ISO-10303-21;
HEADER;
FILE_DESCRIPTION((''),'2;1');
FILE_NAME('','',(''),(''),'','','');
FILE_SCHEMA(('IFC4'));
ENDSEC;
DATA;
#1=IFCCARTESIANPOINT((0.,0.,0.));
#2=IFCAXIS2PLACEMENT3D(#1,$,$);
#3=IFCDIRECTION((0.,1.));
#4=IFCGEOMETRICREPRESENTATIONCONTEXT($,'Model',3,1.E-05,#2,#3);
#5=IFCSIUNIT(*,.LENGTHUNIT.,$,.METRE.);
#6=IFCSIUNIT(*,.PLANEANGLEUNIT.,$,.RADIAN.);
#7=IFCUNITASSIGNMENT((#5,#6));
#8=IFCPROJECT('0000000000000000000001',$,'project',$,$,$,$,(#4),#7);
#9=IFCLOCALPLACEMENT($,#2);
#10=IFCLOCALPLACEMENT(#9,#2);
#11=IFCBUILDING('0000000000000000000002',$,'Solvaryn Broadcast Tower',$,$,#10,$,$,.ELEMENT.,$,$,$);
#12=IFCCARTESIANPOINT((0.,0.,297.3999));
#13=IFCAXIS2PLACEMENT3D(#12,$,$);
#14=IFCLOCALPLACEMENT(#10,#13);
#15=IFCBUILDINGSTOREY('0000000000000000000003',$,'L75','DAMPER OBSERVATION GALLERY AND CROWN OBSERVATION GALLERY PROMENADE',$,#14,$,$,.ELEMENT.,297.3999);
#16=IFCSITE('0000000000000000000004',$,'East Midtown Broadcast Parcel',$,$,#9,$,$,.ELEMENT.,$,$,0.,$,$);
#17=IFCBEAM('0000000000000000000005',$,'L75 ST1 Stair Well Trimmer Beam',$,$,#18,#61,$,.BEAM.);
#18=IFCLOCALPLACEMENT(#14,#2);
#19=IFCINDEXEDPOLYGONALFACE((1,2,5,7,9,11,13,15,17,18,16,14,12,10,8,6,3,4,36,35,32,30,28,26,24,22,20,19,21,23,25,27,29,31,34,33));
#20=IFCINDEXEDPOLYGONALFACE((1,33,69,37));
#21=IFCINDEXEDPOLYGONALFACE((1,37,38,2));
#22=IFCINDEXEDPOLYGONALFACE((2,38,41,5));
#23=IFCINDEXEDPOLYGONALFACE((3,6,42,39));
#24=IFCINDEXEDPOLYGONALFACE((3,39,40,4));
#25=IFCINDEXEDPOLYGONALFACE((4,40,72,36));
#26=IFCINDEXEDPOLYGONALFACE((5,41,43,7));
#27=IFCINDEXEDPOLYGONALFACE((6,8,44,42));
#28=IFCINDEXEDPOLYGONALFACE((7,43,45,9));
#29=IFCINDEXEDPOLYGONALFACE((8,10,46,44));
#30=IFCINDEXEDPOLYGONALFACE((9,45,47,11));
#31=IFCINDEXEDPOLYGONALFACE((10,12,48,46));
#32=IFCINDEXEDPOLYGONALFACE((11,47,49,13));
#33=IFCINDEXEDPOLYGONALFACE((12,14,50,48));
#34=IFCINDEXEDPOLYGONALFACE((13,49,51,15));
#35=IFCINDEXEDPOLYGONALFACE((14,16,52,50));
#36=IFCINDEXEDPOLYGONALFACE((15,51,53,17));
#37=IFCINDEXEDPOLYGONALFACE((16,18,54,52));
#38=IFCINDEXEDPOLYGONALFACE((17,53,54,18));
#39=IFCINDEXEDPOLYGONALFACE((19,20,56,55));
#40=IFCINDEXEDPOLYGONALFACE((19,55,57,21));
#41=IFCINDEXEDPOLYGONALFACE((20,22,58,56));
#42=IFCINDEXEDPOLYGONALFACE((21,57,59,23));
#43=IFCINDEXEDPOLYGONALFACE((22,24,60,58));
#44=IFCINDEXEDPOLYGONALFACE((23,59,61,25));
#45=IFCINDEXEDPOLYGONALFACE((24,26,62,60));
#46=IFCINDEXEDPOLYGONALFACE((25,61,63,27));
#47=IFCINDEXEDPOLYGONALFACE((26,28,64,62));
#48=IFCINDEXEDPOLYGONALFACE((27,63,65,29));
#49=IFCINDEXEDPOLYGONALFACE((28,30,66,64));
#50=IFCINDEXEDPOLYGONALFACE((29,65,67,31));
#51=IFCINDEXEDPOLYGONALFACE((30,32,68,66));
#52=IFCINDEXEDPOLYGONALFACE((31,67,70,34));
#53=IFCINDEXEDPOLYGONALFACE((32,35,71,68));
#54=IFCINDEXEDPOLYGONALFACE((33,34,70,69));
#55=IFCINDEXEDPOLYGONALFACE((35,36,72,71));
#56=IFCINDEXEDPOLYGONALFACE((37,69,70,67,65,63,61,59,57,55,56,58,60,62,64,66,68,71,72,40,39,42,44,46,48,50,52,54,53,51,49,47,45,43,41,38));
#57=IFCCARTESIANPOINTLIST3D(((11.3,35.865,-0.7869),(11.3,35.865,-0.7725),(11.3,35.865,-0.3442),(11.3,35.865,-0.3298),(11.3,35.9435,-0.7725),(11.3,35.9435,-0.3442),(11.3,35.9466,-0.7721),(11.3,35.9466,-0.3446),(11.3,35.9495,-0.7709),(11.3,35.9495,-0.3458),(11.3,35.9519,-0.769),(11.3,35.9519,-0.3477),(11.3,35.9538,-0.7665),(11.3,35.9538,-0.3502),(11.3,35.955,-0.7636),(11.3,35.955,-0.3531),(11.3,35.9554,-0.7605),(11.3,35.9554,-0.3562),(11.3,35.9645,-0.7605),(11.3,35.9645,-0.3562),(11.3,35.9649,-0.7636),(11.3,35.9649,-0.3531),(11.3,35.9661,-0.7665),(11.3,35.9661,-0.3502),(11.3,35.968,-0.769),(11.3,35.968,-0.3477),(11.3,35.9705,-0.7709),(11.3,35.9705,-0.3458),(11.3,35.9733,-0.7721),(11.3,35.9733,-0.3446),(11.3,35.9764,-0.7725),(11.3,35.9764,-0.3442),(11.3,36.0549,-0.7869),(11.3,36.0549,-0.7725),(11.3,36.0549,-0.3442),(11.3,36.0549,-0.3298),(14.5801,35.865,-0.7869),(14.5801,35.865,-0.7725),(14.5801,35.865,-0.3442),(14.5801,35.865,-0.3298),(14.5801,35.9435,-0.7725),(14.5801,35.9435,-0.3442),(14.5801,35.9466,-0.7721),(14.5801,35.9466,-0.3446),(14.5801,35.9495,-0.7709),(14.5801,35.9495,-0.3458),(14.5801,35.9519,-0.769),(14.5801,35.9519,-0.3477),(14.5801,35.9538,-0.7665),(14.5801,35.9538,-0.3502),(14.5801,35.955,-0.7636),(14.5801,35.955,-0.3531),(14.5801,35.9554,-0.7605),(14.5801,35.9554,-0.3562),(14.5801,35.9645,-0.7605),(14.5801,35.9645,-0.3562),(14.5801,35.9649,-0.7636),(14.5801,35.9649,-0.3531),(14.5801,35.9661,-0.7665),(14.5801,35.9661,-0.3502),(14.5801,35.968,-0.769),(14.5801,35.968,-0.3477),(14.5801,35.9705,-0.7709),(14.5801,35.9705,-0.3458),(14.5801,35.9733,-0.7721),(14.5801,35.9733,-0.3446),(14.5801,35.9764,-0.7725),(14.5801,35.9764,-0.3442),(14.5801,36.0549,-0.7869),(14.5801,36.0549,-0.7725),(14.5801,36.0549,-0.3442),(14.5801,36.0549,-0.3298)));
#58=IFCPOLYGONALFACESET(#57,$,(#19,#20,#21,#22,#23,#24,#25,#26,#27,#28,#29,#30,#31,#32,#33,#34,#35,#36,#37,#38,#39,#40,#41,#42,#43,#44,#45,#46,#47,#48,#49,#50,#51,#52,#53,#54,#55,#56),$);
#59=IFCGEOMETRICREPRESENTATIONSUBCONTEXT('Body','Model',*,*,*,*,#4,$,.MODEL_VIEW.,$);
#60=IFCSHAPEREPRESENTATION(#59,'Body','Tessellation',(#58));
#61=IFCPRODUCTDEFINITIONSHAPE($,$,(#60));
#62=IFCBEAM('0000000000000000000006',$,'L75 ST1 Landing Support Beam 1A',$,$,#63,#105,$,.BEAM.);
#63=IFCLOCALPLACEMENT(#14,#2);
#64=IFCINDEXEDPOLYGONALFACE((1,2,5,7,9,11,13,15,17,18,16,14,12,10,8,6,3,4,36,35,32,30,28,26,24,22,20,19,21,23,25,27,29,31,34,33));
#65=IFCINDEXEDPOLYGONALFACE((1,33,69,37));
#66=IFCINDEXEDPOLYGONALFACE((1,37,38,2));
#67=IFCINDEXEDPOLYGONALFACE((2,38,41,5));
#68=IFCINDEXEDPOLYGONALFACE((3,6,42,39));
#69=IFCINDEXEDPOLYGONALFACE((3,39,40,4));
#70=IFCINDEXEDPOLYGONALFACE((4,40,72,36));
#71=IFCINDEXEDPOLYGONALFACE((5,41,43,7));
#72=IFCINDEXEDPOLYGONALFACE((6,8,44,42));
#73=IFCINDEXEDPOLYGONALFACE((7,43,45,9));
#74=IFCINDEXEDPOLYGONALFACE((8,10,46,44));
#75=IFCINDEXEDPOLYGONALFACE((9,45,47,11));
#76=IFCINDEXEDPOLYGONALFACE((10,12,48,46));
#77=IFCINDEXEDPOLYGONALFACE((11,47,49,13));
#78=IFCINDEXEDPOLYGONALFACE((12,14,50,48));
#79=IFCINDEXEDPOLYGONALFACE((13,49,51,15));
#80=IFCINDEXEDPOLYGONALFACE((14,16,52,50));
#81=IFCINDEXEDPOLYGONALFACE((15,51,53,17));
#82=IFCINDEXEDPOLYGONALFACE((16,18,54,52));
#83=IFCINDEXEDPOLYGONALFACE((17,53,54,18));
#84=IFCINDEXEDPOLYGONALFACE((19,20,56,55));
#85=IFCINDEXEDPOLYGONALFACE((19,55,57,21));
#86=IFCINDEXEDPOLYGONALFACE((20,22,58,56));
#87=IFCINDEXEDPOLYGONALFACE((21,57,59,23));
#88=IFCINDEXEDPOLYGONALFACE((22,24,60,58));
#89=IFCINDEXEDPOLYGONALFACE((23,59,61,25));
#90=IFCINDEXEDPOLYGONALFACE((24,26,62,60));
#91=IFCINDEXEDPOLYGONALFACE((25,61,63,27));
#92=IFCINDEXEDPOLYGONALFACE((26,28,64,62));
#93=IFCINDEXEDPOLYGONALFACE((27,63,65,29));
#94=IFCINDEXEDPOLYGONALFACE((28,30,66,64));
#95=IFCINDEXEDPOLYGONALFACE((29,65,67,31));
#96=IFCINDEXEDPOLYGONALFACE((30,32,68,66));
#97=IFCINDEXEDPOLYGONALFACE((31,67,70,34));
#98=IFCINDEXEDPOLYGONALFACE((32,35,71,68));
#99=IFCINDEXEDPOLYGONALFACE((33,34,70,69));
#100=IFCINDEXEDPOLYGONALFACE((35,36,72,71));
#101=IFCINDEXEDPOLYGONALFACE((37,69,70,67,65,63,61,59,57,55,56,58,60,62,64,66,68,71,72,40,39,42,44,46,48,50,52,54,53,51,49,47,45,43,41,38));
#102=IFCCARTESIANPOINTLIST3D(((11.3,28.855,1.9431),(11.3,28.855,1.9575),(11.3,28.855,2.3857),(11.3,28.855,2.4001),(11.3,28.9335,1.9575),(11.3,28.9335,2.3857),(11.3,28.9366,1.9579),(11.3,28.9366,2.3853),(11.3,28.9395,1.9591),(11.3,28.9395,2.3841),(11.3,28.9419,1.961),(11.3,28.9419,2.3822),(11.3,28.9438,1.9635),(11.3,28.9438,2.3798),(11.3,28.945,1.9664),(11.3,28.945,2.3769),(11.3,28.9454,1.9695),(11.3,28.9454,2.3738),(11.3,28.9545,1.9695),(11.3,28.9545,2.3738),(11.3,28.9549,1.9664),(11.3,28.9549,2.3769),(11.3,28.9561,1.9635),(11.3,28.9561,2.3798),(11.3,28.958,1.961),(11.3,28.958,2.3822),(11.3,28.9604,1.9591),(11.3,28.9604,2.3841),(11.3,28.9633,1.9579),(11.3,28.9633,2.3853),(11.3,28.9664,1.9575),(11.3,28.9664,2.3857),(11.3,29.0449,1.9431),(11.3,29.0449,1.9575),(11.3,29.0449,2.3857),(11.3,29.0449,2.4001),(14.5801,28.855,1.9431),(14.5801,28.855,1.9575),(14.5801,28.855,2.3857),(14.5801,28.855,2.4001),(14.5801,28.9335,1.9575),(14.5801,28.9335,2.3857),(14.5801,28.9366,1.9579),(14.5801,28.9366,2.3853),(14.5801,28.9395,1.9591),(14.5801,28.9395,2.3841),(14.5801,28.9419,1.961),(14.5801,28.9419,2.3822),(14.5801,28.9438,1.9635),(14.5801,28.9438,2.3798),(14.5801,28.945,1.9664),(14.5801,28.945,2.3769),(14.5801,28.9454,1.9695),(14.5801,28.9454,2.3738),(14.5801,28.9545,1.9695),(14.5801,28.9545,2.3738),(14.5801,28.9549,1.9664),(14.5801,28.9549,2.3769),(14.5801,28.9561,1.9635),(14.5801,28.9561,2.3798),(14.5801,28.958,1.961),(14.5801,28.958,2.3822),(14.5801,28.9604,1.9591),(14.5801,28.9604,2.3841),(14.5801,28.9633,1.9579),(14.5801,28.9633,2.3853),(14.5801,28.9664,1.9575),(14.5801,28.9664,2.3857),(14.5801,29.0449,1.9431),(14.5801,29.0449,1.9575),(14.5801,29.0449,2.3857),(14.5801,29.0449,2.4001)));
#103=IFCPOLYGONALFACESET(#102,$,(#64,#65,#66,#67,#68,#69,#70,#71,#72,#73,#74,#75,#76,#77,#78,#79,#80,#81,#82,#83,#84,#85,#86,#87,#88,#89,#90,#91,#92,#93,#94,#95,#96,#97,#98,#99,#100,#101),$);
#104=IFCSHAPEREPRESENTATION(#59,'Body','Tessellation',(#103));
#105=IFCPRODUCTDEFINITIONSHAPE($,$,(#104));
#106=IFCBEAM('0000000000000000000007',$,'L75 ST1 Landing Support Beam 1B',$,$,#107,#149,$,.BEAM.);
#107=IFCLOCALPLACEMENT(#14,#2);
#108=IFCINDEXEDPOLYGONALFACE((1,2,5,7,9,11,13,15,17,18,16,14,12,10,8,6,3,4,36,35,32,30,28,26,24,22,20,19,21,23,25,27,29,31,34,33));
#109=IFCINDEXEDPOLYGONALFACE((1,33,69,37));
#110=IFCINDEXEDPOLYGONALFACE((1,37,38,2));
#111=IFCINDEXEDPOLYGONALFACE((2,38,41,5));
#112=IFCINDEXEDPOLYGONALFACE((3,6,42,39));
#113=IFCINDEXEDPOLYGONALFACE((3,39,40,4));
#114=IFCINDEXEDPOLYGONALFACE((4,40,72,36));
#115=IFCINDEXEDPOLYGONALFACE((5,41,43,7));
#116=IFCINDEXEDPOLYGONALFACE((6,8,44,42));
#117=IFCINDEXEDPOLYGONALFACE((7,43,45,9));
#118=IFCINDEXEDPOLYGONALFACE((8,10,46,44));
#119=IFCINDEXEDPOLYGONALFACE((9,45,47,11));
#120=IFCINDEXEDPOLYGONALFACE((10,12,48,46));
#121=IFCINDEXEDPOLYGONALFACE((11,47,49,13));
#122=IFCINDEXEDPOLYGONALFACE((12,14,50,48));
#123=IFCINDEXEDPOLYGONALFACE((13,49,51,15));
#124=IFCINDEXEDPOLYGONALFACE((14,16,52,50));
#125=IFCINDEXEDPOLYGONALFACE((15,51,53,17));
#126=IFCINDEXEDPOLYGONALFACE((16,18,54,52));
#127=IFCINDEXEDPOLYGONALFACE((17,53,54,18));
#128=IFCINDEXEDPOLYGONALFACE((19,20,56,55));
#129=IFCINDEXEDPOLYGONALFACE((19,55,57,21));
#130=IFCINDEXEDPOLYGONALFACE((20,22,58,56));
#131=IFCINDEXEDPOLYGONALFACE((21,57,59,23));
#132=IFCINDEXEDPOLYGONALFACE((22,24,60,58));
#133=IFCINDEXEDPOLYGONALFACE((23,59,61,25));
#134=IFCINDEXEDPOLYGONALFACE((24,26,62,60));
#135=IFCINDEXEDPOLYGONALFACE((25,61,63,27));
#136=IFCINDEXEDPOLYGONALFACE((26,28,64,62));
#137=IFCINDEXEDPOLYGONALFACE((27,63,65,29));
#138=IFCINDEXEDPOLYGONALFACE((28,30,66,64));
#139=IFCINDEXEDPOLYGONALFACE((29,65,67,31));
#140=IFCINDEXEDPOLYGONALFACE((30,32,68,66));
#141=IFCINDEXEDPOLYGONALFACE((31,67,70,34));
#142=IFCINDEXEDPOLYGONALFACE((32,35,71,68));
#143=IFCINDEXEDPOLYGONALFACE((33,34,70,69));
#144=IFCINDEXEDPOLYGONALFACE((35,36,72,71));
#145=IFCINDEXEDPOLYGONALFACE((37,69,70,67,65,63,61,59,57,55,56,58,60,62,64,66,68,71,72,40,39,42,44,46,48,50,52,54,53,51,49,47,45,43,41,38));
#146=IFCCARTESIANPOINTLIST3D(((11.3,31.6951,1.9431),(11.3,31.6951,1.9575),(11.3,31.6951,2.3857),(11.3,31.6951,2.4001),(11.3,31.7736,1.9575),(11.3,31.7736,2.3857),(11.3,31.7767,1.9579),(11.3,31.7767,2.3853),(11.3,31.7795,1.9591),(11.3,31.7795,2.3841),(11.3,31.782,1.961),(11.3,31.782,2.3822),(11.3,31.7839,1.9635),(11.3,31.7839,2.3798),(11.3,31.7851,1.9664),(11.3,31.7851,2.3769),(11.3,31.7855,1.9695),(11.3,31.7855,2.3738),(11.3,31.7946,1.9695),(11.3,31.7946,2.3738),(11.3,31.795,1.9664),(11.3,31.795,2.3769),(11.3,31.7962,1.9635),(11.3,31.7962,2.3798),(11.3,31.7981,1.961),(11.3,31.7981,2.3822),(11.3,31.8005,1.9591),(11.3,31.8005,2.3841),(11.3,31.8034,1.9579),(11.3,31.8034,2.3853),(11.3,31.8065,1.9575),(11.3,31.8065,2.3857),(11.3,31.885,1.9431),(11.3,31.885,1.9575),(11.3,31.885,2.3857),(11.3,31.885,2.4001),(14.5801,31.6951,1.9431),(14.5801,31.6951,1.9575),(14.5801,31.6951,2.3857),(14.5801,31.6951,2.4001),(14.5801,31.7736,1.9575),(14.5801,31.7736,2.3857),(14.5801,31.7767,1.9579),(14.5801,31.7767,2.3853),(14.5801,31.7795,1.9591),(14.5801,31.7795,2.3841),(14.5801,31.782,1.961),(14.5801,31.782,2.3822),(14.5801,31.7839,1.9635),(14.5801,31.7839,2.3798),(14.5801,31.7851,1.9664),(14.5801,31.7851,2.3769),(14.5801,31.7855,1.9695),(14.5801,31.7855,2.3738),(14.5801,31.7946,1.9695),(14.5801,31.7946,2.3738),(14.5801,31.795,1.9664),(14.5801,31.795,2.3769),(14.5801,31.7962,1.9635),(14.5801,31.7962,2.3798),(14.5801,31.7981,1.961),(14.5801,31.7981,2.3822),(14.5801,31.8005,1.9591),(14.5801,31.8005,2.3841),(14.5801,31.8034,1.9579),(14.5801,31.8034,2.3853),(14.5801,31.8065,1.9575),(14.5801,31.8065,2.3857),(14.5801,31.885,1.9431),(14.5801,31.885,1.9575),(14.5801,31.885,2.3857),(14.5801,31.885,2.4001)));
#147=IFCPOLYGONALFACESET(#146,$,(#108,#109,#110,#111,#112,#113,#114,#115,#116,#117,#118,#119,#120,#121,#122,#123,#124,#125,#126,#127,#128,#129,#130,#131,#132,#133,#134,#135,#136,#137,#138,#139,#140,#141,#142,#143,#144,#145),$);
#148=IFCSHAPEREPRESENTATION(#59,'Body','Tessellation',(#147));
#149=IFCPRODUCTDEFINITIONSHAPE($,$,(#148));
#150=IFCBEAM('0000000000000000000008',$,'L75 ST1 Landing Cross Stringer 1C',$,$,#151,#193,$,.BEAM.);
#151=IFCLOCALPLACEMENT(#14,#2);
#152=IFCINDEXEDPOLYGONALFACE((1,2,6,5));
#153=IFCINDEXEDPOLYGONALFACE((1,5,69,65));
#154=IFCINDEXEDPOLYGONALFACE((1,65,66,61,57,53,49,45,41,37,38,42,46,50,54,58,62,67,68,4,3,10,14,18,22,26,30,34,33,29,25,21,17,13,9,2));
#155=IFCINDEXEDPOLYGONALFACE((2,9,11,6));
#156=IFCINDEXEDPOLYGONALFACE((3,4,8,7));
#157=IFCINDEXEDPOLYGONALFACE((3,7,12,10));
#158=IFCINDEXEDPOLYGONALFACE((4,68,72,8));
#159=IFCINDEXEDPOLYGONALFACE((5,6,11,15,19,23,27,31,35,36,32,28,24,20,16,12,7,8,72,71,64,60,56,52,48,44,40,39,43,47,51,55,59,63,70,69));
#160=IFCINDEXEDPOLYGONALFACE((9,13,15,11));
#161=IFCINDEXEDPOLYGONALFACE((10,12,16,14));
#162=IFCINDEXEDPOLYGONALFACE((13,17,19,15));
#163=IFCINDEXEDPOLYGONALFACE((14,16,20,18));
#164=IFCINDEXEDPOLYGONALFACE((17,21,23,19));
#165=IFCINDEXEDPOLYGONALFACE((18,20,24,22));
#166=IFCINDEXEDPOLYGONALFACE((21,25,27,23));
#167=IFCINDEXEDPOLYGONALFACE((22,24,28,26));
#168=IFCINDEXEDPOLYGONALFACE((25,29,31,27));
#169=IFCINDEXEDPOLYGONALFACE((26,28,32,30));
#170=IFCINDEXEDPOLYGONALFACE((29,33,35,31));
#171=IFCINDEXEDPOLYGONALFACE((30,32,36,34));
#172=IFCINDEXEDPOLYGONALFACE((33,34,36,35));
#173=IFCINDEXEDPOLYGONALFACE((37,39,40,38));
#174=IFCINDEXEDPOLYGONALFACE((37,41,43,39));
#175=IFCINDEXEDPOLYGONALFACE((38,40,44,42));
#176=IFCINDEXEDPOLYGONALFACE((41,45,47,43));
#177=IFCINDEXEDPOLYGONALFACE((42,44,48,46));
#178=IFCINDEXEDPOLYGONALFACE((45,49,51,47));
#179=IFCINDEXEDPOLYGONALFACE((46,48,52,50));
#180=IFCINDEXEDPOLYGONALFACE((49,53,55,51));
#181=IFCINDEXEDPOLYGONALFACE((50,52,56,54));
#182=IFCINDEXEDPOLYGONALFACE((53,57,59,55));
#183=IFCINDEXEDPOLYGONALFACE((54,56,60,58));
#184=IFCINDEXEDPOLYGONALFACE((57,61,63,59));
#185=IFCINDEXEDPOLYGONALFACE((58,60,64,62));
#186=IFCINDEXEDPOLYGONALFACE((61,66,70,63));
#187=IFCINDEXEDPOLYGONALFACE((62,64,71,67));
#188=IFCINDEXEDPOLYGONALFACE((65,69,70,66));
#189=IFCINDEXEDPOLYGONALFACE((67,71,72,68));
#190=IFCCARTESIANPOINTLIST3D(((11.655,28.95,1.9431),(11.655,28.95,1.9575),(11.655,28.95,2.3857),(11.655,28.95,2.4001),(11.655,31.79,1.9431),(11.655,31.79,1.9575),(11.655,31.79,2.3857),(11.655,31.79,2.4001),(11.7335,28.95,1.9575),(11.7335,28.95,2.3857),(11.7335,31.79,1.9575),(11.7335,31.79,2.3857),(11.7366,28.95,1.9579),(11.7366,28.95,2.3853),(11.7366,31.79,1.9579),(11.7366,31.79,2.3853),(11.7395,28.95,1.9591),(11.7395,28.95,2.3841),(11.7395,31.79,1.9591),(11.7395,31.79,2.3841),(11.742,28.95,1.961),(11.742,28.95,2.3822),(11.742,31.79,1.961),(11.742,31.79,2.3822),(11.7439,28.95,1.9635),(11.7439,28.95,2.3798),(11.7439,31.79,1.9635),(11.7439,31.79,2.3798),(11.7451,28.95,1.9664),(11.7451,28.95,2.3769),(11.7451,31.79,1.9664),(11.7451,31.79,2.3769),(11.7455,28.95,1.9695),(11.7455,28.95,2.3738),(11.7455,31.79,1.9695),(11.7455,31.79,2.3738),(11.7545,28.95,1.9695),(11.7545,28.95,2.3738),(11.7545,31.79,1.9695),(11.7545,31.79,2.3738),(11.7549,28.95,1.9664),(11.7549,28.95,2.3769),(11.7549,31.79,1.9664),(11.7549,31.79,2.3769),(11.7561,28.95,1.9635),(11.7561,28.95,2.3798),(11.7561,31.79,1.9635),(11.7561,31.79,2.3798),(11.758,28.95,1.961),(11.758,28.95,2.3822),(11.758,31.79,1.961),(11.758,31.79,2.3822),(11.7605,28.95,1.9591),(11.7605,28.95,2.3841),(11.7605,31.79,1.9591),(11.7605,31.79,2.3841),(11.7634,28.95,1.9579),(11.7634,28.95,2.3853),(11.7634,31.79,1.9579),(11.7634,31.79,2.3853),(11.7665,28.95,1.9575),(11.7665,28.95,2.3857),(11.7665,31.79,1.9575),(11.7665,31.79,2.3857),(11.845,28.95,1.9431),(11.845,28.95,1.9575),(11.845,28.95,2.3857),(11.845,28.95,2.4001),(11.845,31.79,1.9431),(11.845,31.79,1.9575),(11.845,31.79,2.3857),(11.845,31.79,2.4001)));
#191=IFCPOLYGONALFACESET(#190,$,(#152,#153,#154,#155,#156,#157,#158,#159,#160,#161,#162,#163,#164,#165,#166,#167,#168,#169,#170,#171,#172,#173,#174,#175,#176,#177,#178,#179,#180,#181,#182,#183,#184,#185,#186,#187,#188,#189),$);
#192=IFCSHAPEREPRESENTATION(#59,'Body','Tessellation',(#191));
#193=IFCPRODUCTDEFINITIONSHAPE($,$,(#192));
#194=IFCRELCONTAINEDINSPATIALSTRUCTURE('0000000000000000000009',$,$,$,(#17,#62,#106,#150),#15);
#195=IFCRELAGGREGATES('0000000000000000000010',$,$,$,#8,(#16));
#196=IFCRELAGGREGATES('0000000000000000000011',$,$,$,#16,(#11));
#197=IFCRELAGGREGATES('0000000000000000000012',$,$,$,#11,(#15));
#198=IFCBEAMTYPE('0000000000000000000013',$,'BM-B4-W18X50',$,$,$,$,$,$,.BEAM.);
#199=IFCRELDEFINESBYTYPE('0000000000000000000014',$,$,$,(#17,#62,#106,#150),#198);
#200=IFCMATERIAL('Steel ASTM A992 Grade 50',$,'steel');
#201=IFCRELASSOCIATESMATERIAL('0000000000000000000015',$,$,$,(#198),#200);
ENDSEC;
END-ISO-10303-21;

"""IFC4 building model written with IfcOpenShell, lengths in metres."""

from ifc_helpers import new_model, si_unit, direction, frame, origin, origin_2d, place, context, subcontext, project, spatial, i_section, extrude, material, material_profile, profile_set, type_object, element, save


model = new_model("IFC4")

# Units and contexts
model_context = context("Model", 3, precision=1e-05, world=origin(), true_north=direction((0.0, 1.0)))
body_context = subcontext(model_context, "Body", "Model", "MODEL_VIEW")
ifc_project = project(units=[si_unit("LENGTHUNIT", "METRE"), si_unit("PLANEANGLEUNIT", "RADIAN")], contexts=[model_context])

# Site, building, storey
site_placement = place(None, origin())
site = spatial("IfcSite", under=ifc_project, at=site_placement, Name="East Midtown Broadcast Parcel", CompositionType="ELEMENT", RefElevation=0.0)
building_placement = place(site_placement, origin())
building = spatial("IfcBuilding", under=site, at=building_placement, Name="Solvaryn Broadcast Tower", CompositionType="ELEMENT")
storey_placement = place(building_placement, frame((0.0, 0.0, 297.3999)))
storey = spatial("IfcBuildingStorey", under=building, at=storey_placement, Name="L75", Description="DAMPER OBSERVATION GALLERY AND CROWN OBSERVATION GALLERY PROMENADE", CompositionType="ELEMENT", Elevation=297.3999)

# Beams
ifc_material_1 = material(Name="Steel ASTM A992 Grade 50", Category="steel")
ifc_material_profile_1 = material_profile(ifc_material_1, i_section(OverallWidth=0.1899, OverallDepth=0.457, WebThickness=0.009, FlangeThickness=0.0144, FilletRadius=0.012, at=origin_2d()))
ifc_profile_set_1 = profile_set([ifc_material_profile_1], Name="Steel ASTM A992 Grade 50")
beam_type_1 = type_object("IfcBeamType", Name="BM-B4-W18X50", PredefinedType="BEAM", material=ifc_profile_set_1)
for number, where, z_axis, x_axis, name in (
    (1, (11.3, 35.96, -0.5583), (1.0, 0.0, 0.0), (0.0, 1.0, 0.0), "L75 ST1 Stair Well Trimmer Beam"),
    (2, (11.3, 28.95, 2.1716), (1.0, 0.0, 0.0), (0.0, 1.0, 0.0), "L75 ST1 Landing Support Beam 1A"),
    (3, (11.3, 31.79, 2.1716), (1.0, 0.0, 0.0), (0.0, 1.0, 0.0), "L75 ST1 Landing Support Beam 1B"),
):
    element("IfcBeam", number, at=place(storey_placement, frame(where, z_axis=z_axis, x_axis=x_axis)), inside=storey, type_object=beam_type_1, Name=name, PredefinedType="BEAM", context=body_context, shape_type="SweptSolid", body=[
        extrude(i_section(OverallWidth=0.1899, OverallDepth=0.457, WebThickness=0.009, FlangeThickness=0.0144, FilletRadius=0.012, at=origin_2d()), origin(), (0.0, 0.0, 1.0), 3.28),
    ])
beam_1_placement = place(storey_placement, frame((11.75, 28.95, 2.1716), z_axis=(0.0, 1.0, 0.0), x_axis=(-1.0, 0.0, 0.0)))
element("IfcBeam", 4, at=beam_1_placement, inside=storey, type_object=beam_type_1, Name="L75 ST1 Landing Cross Stringer 1C", PredefinedType="BEAM", context=body_context, shape_type="SweptSolid", body=[
    extrude(i_section(OverallWidth=0.1899, OverallDepth=0.457, WebThickness=0.009, FlangeThickness=0.0144, FilletRadius=0.012, at=origin_2d()), origin(), (0.0, 0.0, 1.0), 2.8401),
])

save(model, "model.ifc")
